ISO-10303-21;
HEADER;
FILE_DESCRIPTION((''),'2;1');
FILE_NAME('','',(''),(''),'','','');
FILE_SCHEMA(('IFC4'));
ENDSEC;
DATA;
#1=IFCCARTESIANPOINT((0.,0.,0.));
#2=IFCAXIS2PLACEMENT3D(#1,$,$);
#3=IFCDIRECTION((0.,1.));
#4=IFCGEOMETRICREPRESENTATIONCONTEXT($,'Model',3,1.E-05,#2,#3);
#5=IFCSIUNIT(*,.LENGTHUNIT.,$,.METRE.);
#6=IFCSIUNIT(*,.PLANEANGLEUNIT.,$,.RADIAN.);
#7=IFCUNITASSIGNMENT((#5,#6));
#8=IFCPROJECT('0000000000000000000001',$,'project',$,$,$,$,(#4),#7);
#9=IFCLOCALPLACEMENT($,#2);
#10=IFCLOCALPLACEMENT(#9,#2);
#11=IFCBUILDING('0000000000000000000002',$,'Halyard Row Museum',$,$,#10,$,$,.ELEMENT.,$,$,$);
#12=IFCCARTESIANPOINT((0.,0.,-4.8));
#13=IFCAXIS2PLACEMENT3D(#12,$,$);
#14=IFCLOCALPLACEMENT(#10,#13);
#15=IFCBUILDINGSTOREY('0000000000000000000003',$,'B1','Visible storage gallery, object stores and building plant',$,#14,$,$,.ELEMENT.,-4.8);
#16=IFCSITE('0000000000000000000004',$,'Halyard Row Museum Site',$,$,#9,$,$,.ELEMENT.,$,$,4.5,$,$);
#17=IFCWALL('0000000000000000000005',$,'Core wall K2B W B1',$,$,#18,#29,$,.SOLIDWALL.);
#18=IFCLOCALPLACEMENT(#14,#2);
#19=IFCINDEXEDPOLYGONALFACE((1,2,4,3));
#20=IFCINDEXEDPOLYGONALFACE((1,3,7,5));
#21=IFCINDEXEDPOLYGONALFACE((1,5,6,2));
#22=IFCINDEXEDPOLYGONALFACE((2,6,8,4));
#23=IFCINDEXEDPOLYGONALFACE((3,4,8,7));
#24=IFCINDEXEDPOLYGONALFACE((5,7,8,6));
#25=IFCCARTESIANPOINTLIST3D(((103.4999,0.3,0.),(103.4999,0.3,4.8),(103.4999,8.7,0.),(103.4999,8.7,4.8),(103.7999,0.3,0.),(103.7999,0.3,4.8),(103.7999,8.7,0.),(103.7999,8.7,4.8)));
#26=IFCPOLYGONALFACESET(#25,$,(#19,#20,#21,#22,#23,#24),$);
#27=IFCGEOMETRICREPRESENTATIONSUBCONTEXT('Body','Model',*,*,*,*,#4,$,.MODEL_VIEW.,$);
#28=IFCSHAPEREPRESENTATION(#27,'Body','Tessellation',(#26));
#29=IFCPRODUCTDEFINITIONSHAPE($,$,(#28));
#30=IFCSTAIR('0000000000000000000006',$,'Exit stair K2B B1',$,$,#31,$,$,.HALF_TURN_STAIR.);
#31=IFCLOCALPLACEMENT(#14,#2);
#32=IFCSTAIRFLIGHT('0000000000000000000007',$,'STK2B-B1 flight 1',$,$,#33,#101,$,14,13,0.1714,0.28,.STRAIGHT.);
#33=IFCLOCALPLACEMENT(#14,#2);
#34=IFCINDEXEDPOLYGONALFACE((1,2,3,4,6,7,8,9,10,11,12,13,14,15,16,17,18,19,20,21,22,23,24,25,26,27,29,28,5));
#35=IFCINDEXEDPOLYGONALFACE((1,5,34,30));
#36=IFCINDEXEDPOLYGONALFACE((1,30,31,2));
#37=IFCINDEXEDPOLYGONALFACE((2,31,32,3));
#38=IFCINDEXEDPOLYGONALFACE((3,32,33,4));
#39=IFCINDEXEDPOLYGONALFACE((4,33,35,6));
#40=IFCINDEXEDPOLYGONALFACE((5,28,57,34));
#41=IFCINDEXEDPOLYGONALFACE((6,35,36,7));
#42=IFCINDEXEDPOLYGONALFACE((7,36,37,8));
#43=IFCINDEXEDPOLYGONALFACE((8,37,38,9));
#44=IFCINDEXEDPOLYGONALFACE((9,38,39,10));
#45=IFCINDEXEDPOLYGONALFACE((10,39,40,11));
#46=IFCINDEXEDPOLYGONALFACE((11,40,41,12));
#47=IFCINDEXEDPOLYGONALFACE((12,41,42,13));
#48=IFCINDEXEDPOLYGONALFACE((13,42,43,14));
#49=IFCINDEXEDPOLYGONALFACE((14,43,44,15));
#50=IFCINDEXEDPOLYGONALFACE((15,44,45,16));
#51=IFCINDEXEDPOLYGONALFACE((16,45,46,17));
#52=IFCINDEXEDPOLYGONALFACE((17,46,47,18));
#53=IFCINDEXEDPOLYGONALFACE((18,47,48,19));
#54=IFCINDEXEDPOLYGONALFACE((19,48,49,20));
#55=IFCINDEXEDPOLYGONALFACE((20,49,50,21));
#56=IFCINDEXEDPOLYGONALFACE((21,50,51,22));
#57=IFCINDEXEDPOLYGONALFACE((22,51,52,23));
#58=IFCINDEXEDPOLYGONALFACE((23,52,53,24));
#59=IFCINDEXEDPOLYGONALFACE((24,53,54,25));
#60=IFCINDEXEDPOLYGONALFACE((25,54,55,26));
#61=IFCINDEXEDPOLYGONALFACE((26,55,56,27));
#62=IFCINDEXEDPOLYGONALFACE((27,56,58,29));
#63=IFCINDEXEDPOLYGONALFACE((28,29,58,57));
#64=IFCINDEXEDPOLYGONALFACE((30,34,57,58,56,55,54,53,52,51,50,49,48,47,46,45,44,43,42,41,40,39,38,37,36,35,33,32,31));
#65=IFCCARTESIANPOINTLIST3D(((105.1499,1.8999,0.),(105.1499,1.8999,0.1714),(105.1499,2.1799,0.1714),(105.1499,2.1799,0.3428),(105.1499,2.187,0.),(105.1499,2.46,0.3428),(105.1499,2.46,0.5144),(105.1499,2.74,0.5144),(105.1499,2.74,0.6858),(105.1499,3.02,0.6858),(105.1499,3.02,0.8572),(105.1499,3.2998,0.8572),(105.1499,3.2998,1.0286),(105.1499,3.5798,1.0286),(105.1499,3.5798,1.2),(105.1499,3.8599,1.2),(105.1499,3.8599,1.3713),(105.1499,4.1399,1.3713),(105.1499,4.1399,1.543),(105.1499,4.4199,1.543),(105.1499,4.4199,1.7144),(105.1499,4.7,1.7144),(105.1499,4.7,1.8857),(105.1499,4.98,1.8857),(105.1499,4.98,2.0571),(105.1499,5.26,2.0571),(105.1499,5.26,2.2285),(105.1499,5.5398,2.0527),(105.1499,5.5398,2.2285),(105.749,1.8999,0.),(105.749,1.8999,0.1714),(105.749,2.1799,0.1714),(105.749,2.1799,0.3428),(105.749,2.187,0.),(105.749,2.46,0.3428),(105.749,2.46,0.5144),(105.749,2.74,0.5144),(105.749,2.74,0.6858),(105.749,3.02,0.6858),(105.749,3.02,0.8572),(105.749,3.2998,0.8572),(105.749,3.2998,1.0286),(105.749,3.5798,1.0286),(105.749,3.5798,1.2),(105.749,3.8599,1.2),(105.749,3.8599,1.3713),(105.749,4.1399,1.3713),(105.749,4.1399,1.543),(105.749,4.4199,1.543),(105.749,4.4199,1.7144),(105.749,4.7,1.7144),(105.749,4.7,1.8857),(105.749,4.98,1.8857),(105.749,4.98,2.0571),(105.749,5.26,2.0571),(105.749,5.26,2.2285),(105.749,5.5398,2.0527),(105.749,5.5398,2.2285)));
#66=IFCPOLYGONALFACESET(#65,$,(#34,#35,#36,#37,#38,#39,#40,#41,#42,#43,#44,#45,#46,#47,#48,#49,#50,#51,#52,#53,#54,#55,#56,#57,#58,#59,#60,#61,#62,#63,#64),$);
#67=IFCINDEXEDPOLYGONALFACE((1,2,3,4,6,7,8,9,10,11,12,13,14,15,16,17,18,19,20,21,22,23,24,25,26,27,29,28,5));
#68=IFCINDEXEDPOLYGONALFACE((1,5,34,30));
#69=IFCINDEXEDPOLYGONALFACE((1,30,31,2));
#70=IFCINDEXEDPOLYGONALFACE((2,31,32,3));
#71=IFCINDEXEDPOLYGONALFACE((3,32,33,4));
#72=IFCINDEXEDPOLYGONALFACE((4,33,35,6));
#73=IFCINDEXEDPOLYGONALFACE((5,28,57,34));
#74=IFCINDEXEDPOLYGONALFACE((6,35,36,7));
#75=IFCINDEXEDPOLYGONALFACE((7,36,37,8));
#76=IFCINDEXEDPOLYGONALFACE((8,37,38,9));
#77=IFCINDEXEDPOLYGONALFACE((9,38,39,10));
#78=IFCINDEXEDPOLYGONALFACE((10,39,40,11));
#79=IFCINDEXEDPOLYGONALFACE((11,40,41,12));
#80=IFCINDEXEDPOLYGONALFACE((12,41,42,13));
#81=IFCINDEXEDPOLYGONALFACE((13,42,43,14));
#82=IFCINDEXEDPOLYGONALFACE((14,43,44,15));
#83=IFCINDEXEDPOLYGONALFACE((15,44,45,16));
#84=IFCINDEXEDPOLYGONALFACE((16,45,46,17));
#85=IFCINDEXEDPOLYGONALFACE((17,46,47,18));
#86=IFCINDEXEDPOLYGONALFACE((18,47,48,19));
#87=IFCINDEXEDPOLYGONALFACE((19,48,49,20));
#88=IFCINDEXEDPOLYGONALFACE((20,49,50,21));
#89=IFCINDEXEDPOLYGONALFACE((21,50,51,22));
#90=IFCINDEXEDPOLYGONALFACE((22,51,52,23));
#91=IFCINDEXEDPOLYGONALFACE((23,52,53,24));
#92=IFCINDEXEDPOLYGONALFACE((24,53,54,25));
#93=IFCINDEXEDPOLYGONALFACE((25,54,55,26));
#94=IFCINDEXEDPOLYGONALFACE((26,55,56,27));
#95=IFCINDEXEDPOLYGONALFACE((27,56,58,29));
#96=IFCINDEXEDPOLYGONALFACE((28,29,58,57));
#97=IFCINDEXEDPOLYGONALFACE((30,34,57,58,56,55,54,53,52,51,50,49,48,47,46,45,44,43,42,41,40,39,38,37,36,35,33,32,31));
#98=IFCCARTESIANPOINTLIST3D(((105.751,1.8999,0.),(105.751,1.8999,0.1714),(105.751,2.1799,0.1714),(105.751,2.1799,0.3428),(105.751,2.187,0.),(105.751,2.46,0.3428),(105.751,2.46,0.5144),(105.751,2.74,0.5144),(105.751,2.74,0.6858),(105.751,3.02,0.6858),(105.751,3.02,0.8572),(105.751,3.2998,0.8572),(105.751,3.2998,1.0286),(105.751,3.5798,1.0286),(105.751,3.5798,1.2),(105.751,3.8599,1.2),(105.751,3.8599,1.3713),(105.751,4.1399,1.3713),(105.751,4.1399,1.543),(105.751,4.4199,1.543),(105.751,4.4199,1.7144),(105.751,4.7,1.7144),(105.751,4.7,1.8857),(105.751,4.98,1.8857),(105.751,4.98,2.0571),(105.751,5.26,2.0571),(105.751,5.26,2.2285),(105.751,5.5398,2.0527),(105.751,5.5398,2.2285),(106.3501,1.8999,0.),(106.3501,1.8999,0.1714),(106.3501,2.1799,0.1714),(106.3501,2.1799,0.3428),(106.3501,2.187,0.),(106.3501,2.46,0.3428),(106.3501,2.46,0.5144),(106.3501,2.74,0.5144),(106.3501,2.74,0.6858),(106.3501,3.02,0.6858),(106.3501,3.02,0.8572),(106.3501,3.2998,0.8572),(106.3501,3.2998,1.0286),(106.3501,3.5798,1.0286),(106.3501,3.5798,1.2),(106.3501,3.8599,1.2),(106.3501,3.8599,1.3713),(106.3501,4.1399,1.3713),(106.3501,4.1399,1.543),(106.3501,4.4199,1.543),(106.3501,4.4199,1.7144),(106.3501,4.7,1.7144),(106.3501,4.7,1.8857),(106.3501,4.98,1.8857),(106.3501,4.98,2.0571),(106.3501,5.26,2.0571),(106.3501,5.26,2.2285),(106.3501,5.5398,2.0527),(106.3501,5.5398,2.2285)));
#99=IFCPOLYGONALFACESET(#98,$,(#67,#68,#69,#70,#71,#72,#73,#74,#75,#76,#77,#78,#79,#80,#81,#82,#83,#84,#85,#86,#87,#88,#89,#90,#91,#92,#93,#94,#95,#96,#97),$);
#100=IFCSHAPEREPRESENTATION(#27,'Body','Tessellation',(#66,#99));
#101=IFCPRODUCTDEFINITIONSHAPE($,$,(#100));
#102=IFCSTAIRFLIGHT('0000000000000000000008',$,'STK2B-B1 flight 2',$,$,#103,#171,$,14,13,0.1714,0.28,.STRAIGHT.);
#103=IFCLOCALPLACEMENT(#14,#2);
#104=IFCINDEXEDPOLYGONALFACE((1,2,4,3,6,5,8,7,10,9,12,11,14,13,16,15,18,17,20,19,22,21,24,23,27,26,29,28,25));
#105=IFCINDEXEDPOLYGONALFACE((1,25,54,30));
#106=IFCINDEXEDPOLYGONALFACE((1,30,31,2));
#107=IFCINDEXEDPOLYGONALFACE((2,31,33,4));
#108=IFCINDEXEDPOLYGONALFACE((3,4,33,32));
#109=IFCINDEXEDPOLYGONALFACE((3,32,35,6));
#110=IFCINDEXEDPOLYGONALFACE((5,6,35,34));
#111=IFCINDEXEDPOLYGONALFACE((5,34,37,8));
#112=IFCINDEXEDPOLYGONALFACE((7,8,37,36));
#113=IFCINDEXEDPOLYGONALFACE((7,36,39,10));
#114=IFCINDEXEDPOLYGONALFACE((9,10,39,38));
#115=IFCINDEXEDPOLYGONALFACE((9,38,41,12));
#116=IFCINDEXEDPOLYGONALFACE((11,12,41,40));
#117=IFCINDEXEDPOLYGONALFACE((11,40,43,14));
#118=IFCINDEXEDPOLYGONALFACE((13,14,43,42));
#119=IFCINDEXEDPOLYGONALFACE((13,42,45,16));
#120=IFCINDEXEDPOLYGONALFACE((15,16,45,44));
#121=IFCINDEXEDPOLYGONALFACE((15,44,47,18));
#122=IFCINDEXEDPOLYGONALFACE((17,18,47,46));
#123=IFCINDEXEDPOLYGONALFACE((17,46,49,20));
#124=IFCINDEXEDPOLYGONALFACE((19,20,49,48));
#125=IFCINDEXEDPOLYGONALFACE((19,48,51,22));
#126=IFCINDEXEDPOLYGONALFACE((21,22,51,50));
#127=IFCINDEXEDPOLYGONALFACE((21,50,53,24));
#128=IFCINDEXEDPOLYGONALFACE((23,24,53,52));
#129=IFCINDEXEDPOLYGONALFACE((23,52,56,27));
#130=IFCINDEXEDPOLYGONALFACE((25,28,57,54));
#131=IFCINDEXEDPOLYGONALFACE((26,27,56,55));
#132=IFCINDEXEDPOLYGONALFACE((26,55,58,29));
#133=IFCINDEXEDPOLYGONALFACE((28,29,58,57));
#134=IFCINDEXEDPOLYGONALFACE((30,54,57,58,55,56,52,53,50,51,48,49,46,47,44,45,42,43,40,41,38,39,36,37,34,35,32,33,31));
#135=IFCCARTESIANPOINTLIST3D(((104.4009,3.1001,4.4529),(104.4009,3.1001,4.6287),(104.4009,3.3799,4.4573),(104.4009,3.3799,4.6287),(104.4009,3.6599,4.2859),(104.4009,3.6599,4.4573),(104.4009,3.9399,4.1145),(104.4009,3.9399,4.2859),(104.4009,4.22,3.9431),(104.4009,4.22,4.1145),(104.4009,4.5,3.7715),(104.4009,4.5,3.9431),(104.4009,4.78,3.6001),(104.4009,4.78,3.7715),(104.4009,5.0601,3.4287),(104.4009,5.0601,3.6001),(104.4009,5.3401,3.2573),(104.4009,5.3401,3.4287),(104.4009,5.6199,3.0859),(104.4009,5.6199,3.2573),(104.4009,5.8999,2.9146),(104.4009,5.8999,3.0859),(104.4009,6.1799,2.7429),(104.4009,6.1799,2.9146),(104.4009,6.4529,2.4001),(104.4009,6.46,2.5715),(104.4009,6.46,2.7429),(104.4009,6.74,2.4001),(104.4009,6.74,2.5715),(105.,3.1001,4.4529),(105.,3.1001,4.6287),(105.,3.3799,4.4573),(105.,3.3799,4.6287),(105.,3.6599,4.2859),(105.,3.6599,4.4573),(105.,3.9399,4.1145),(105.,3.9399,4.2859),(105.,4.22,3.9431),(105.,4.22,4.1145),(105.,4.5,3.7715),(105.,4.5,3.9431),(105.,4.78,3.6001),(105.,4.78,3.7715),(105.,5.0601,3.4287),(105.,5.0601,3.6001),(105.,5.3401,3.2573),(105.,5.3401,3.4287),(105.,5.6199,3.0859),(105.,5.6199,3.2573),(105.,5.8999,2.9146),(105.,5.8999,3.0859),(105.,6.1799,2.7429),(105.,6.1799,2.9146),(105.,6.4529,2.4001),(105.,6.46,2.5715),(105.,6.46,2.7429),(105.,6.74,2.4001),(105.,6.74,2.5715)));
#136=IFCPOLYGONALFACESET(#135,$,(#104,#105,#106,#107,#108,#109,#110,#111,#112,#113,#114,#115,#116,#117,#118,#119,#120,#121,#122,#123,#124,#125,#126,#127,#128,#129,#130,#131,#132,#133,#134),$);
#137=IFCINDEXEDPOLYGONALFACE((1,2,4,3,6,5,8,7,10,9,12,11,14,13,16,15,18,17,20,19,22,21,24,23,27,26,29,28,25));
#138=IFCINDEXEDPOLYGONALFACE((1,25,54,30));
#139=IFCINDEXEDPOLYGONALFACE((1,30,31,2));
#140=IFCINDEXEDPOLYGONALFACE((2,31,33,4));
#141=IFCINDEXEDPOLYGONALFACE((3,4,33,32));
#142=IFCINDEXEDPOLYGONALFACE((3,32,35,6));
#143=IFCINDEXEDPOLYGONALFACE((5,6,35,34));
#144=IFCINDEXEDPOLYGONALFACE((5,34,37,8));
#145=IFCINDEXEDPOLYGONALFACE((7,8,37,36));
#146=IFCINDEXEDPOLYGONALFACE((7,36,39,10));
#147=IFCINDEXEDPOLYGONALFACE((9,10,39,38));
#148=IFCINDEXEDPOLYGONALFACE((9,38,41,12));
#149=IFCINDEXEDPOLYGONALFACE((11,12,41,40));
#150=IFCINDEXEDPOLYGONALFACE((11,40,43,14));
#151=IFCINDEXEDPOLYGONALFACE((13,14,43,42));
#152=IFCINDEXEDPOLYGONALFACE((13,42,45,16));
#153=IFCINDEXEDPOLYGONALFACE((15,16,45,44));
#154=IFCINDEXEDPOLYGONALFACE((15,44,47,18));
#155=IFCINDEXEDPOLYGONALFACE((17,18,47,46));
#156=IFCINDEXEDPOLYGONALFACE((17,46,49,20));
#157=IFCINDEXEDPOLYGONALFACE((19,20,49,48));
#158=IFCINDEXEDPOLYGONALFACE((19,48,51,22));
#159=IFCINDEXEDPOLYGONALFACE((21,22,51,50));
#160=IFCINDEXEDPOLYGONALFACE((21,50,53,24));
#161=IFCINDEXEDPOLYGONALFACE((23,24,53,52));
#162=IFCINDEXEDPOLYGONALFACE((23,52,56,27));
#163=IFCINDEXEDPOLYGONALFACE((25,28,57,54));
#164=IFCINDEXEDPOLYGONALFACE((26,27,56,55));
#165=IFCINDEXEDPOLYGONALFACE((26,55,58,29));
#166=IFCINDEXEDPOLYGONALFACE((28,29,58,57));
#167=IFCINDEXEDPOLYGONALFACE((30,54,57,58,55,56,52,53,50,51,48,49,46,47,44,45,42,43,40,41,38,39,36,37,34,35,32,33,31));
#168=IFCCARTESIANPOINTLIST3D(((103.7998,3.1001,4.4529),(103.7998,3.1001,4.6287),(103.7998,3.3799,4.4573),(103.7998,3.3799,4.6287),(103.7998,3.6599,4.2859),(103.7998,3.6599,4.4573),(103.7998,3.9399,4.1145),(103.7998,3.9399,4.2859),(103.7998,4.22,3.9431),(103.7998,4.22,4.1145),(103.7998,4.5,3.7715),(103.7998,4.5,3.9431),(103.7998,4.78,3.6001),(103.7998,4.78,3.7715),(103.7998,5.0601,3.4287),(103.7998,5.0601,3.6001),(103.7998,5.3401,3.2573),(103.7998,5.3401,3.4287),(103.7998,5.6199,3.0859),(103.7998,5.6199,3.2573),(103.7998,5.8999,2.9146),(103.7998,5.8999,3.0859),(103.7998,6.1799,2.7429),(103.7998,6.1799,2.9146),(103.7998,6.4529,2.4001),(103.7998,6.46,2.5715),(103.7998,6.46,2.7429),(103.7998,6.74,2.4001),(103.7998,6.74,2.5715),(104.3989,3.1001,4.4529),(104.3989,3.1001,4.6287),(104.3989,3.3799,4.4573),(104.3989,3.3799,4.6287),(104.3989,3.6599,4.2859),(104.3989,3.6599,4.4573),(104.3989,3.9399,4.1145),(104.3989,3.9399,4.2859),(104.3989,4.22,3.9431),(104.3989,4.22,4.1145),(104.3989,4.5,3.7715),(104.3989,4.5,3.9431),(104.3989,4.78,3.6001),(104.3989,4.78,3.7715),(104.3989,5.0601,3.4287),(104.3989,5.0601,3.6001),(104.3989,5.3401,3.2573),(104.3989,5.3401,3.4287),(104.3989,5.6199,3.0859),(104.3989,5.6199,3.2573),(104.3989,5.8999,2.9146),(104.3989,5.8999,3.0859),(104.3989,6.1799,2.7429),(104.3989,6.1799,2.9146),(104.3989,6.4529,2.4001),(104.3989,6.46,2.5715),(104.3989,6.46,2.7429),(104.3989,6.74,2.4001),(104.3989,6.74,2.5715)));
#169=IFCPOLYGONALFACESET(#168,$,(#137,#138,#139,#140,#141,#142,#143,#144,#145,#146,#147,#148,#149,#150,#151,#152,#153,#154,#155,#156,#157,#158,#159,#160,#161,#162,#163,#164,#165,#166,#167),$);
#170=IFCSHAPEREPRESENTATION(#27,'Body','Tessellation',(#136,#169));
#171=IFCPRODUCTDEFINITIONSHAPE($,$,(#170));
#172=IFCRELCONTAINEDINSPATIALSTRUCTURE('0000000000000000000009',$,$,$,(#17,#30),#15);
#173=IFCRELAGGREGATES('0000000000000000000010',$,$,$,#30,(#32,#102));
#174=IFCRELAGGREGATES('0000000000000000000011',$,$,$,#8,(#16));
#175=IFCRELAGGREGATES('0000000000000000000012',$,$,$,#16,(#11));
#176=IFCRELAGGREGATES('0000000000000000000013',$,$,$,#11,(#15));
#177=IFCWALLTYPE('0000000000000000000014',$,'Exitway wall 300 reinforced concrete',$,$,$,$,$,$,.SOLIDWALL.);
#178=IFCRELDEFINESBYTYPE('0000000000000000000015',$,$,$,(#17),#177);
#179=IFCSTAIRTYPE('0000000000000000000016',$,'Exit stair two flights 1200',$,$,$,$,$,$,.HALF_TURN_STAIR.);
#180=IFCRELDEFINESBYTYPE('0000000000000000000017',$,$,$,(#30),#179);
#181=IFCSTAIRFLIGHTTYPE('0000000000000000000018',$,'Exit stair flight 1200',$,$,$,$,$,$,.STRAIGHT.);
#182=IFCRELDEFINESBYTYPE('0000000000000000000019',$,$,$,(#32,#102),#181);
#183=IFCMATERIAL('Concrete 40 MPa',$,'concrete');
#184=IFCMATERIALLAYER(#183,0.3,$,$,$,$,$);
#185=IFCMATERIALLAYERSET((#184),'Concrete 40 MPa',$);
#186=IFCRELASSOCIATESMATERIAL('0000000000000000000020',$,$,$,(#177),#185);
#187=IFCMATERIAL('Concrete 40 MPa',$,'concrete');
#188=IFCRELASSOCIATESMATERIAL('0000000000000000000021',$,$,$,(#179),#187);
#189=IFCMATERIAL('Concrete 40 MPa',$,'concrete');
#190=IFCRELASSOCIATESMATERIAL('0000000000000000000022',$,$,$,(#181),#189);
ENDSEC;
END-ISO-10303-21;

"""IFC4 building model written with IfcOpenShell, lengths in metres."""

from ifc_helpers import new_model, si_unit, direction, frame, frame_2d, origin, place, context, subcontext, project, spatial, polyline, rectangle, outline, extrude, material, layer, layer_set, type_object, element, aggregate, save


model = new_model("IFC4")

# Units and contexts
model_context = context("Model", 3, precision=1e-05, world=origin(), true_north=direction((0.0, 1.0)))
body_context = subcontext(model_context, "Body", "Model", "MODEL_VIEW")
ifc_project = project(units=[si_unit("LENGTHUNIT", "METRE"), si_unit("PLANEANGLEUNIT", "RADIAN")], contexts=[model_context])

# Site, building, storey
site_placement = place(None, origin())
site = spatial("IfcSite", under=ifc_project, at=site_placement, Name="Halyard Row Museum Site", CompositionType="ELEMENT", RefElevation=4.5)
building_placement = place(site_placement, origin())
building = spatial("IfcBuilding", under=site, at=building_placement, Name="Halyard Row Museum", CompositionType="ELEMENT")
storey_placement = place(building_placement, frame((0.0, 0.0, -4.8)))
storey = spatial("IfcBuildingStorey", under=building, at=storey_placement, Name="B1", Description="Visible storage gallery, object stores and building plant", CompositionType="ELEMENT", Elevation=-4.8)

# Wall
ifc_material_1 = material(Name="Concrete 40 MPa", Category="concrete")
ifc_layer_1 = layer(ifc_material_1, 0.3)
ifc_layer_set_1 = layer_set([ifc_layer_1], Name="Concrete 40 MPa")
wall_type_1 = type_object("IfcWallType", Name="Exitway wall 300 reinforced concrete", PredefinedType="SOLIDWALL", material=ifc_layer_set_1)
wall_1_placement = place(storey_placement, frame((103.6499, 0.3, 0.0), z_axis=(0.0, 0.0, 1.0), x_axis=(0.0, 1.0, 0.0)))
element("IfcWall", 1, at=wall_1_placement, inside=storey, type_object=wall_type_1, Name="Core wall K2B W B1", PredefinedType="SOLIDWALL", context=body_context, shape_type="SweptSolid", body=[
    extrude(rectangle(XDim=8.3999, YDim=0.3, at=frame_2d((4.2, 0.0))), origin(), (0.0, 0.0, 1.0), 4.8),
])

# Stair, stair flights
ifc_material_2 = material(Name="Concrete 40 MPa", Category="concrete")
stair_type = type_object("IfcStairType", Name="Exit stair two flights 1200", PredefinedType="HALF_TURN_STAIR", material=ifc_material_2)
stair_placement = place(storey_placement, origin())
stair = element("IfcStair", 2, at=stair_placement, inside=storey, type_object=stair_type, Name="Exit stair K2B B1", PredefinedType="HALF_TURN_STAIR")
ifc_material_3 = material(Name="Concrete 40 MPa", Category="concrete")
stair_flight_type = type_object("IfcStairFlightType", Name="Exit stair flight 1200", PredefinedType="STRAIGHT", material=ifc_material_3)
stair_flight_1_placement = place(storey_placement, frame((105.75, 1.8999, 0.0), z_axis=(0.0, 0.0, 1.0), x_axis=(0.0, 1.0, 0.0)))
stair_flight_1 = element("IfcStairFlight", 3, at=stair_flight_1_placement, type_object=stair_flight_type, Name="STK2B-B1 flight 1", NumberOfRisers=14, NumberOfTreads=13, PredefinedType="STRAIGHT", RiserHeight=0.1714, TreadLength=0.28, context=body_context, shape_type="SweptSolid", body=[
    extrude(outline(polyline([(0.0, 0.0), (0.0, 0.1714), (0.28, 0.1714), (0.28, 0.3428), (0.5601, 0.3428), (0.5601, 0.5144), (0.8401, 0.5144), (0.8401, 0.6858), (1.1201, 0.6858), (1.1201, 0.8572), (1.3999, 0.8572), (1.3999, 1.0286), (1.6799, 1.0286), (1.6799, 1.2), (1.96, 1.2), (1.96, 1.3713), (2.24, 1.3713), (2.24, 1.543), (2.52, 1.543), (2.52, 1.7144), (2.8, 1.7144), (2.8, 1.8857), (3.0801, 1.8857), (3.0801, 2.0571), (3.3601, 2.0571), (3.3601, 2.2285), (3.6399, 2.2285), (3.6399, 2.3999), (3.6399, 2.0527), (0.2871, 0.0), (0.0, 0.0)])), frame((0.0, 0.6001, 0.0), z_axis=(0.0, -1.0, 0.0), x_axis=(1.0, 0.0, 0.0)), (0.0, 0.0, 1.0), 0.5991),
    extrude(outline(polyline([(0.0, 0.0), (0.0, 0.1714), (0.28, 0.1714), (0.28, 0.3428), (0.5601, 0.3428), (0.5601, 0.5144), (0.8401, 0.5144), (0.8401, 0.6858), (1.1201, 0.6858), (1.1201, 0.8572), (1.3999, 0.8572), (1.3999, 1.0286), (1.6799, 1.0286), (1.6799, 1.2), (1.96, 1.2), (1.96, 1.3713), (2.24, 1.3713), (2.24, 1.543), (2.52, 1.543), (2.52, 1.7144), (2.8, 1.7144), (2.8, 1.8857), (3.0801, 1.8857), (3.0801, 2.0571), (3.3601, 2.0571), (3.3601, 2.2285), (3.6399, 2.2285), (3.6399, 2.3999), (3.6399, 2.0527), (0.2871, 0.0), (0.0, 0.0)])), frame((0.0, -0.001, 0.0), z_axis=(0.0, -1.0, 0.0), x_axis=(1.0, 0.0, 0.0)), (0.0, 0.0, 1.0), 0.5991),
])
stair_flight_2_placement = place(storey_placement, frame((104.3999, 6.74, 2.4001), z_axis=(0.0, 0.0, 1.0), x_axis=(0.0, -1.0, 0.0)))
stair_flight_2 = element("IfcStairFlight", 4, at=stair_flight_2_placement, type_object=stair_flight_type, Name="STK2B-B1 flight 2", NumberOfRisers=14, NumberOfTreads=13, PredefinedType="STRAIGHT", RiserHeight=0.1714, TreadLength=0.28, context=body_context, shape_type="SweptSolid", body=[
    extrude(outline(polyline([(0.0, 0.0), (0.0, 0.1714), (0.28, 0.1714), (0.28, 0.3428), (0.5601, 0.3428), (0.5601, 0.5144), (0.8401, 0.5144), (0.8401, 0.6858), (1.1201, 0.6858), (1.1201, 0.8572), (1.3999, 0.8572), (1.3999, 1.0286), (1.6799, 1.0286), (1.6799, 1.2), (1.96, 1.2), (1.96, 1.3713), (2.24, 1.3713), (2.24, 1.543), (2.52, 1.543), (2.52, 1.7144), (2.8, 1.7144), (2.8, 1.8857), (3.0801, 1.8857), (3.0801, 2.0571), (3.3601, 2.0571), (3.3601, 2.2285), (3.6399, 2.2285), (3.6399, 2.3999), (3.6399, 2.0527), (0.2871, 0.0), (0.0, 0.0)])), frame((0.0, 0.6001, 0.0), z_axis=(0.0, -1.0, 0.0), x_axis=(1.0, 0.0, 0.0)), (0.0, 0.0, 1.0), 0.5991),
    extrude(outline(polyline([(0.0, 0.0), (0.0, 0.1714), (0.28, 0.1714), (0.28, 0.3428), (0.5601, 0.3428), (0.5601, 0.5144), (0.8401, 0.5144), (0.8401, 0.6858), (1.1201, 0.6858), (1.1201, 0.8572), (1.3999, 0.8572), (1.3999, 1.0286), (1.6799, 1.0286), (1.6799, 1.2), (1.96, 1.2), (1.96, 1.3713), (2.24, 1.3713), (2.24, 1.543), (2.52, 1.543), (2.52, 1.7144), (2.8, 1.7144), (2.8, 1.8857), (3.0801, 1.8857), (3.0801, 2.0571), (3.3601, 2.0571), (3.3601, 2.2285), (3.6399, 2.2285), (3.6399, 2.3999), (3.6399, 2.0527), (0.2871, 0.0), (0.0, 0.0)])), frame((0.0, -0.001, 0.0), z_axis=(0.0, -1.0, 0.0), x_axis=(1.0, 0.0, 0.0)), (0.0, 0.0, 1.0), 0.5991),
])
aggregate(stair, [stair_flight_1, stair_flight_2])

save(model, "model.ifc")
